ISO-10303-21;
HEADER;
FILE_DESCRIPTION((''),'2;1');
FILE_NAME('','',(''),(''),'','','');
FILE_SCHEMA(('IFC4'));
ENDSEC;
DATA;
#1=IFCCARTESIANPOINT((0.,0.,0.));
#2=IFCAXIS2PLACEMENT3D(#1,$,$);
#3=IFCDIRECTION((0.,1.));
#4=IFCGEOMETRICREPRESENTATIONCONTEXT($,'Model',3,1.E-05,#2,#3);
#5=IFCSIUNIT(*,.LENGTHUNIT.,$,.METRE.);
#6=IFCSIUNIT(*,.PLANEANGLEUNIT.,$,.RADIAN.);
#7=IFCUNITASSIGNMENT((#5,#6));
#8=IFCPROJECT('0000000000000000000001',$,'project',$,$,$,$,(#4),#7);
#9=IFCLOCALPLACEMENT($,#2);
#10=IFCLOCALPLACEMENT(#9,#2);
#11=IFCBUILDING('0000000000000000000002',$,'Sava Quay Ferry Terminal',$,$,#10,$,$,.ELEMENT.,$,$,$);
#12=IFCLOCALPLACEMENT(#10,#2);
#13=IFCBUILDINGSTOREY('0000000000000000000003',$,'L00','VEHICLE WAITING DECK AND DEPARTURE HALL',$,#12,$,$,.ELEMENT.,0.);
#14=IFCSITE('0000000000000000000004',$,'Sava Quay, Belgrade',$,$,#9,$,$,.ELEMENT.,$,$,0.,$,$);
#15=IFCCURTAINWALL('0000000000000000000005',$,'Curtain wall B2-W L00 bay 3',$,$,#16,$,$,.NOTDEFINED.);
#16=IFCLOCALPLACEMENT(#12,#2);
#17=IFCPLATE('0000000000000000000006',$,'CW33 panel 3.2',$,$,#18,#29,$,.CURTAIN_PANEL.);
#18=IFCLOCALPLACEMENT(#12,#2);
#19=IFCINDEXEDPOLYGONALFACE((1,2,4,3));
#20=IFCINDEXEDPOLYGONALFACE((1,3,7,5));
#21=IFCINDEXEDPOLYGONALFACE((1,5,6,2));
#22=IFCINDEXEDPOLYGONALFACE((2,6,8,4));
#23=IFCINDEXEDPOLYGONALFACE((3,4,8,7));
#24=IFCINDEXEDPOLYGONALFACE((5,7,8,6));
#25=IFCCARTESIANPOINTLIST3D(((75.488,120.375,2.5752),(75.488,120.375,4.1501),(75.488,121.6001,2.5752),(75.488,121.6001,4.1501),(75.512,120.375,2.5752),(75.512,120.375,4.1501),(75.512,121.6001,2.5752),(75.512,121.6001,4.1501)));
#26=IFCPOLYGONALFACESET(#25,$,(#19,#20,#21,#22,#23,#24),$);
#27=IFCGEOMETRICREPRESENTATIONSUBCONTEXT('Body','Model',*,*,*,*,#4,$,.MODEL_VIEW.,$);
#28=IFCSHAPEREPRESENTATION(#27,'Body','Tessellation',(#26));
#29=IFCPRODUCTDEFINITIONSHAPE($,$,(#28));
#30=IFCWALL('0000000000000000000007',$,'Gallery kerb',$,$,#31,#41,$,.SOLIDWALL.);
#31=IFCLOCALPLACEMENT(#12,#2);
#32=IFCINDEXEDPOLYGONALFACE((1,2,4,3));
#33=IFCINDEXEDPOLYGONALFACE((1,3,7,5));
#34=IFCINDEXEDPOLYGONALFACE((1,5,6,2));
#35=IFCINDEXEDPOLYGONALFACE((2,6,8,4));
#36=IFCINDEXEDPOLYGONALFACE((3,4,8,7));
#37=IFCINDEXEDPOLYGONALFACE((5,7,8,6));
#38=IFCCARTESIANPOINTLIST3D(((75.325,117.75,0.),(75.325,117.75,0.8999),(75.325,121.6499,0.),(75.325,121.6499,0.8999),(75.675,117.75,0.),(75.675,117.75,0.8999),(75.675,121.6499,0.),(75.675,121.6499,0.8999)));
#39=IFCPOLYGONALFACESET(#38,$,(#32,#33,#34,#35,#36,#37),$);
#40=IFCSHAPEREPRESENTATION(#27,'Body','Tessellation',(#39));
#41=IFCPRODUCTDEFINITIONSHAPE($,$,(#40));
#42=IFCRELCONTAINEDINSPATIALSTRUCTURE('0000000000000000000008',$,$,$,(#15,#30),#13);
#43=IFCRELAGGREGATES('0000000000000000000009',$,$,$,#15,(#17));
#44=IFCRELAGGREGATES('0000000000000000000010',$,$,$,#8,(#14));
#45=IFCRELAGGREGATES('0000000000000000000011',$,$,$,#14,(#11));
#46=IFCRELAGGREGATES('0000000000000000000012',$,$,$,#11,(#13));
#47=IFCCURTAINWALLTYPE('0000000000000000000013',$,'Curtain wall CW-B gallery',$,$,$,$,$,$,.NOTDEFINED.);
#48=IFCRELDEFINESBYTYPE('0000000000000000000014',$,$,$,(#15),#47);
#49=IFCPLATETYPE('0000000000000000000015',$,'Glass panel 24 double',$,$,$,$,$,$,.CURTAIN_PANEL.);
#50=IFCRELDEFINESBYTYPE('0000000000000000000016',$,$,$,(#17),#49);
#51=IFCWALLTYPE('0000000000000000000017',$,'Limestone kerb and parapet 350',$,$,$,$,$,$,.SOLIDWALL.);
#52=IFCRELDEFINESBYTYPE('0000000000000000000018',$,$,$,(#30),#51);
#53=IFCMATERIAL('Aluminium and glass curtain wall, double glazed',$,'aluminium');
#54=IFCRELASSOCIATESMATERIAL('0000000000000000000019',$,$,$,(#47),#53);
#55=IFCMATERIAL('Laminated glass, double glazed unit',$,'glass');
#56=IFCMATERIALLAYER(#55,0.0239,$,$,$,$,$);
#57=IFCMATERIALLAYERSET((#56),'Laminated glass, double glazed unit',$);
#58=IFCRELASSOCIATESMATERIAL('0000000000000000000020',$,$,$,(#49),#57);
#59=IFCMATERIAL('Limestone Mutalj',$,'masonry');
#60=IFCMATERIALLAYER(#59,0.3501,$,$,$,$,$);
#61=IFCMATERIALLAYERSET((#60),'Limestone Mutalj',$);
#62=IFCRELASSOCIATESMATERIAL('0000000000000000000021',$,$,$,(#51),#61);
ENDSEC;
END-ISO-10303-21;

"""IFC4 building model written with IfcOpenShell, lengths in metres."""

from ifc_helpers import new_model, si_unit, direction, frame, frame_2d, origin, origin_2d, place, context, subcontext, project, spatial, rectangle, extrude, material, layer, layer_set, type_object, element, aggregate, save


model = new_model("IFC4")

# Units and contexts
model_context = context("Model", 3, precision=1e-05, world=origin(), true_north=direction((0.0, 1.0)))
body_context = subcontext(model_context, "Body", "Model", "MODEL_VIEW")
ifc_project = project(units=[si_unit("LENGTHUNIT", "METRE"), si_unit("PLANEANGLEUNIT", "RADIAN")], contexts=[model_context])

# Site, building, storey
site_placement = place(None, origin())
site = spatial("IfcSite", under=ifc_project, at=site_placement, Name="Sava Quay, Belgrade", CompositionType="ELEMENT", RefElevation=0.0)
building_placement = place(site_placement, origin())
building = spatial("IfcBuilding", under=site, at=building_placement, Name="Sava Quay Ferry Terminal", CompositionType="ELEMENT")
storey_placement = place(building_placement, origin())
storey = spatial("IfcBuildingStorey", under=building, at=storey_placement, Name="L00", Description="VEHICLE WAITING DECK AND DEPARTURE HALL", CompositionType="ELEMENT", Elevation=0.0)

# Curtain wall
ifc_material_1 = material(Name="Aluminium and glass curtain wall, double glazed", Category="aluminium")
curtain_wall_type = type_object("IfcCurtainWallType", Name="Curtain wall CW-B gallery", PredefinedType="NOTDEFINED", material=ifc_material_1)
curtain_wall_1_placement = place(storey_placement, origin())
curtain_wall_1 = element("IfcCurtainWall", 1, at=curtain_wall_1_placement, inside=storey, type_object=curtain_wall_type, Name="Curtain wall B2-W L00 bay 3", PredefinedType="NOTDEFINED")

# Plate
ifc_material_2 = material(Name="Laminated glass, double glazed unit", Category="glass")
ifc_layer_1 = layer(ifc_material_2, 0.0239)
ifc_layer_set_1 = layer_set([ifc_layer_1], Name="Laminated glass, double glazed unit")
plate_type = type_object("IfcPlateType", Name="Glass panel 24 double", PredefinedType="CURTAIN_PANEL", material=ifc_layer_set_1)
plate_1_placement = place(storey_placement, frame((75.5, 120.9875, 2.5752), z_axis=(0.0, 0.0, 1.0), x_axis=(0.0, 1.0, 0.0)))
plate_1 = element("IfcPlate", 2, at=plate_1_placement, type_object=plate_type, Name="CW33 panel 3.2", PredefinedType="CURTAIN_PANEL", context=body_context, shape_type="SweptSolid", body=[
    extrude(rectangle(XDim=1.2251, YDim=0.0239, at=origin_2d()), origin(), (0.0, 0.0, 1.0), 1.575),
])
aggregate(curtain_wall_1, [plate_1])

# Wall
ifc_material_3 = material(Name="Limestone Mutalj", Category="masonry")
ifc_layer_2 = layer(ifc_material_3, 0.3501)
ifc_layer_set_2 = layer_set([ifc_layer_2], Name="Limestone Mutalj")
wall_type = type_object("IfcWallType", Name="Limestone kerb and parapet 350", PredefinedType="SOLIDWALL", material=ifc_layer_set_2)
wall_placement = place(storey_placement, frame((75.5, 117.75, 0.0), z_axis=(0.0, 0.0, 1.0), x_axis=(0.0, 1.0, 0.0)))
element("IfcWall", 3, at=wall_placement, inside=storey, type_object=wall_type, Name="Gallery kerb", PredefinedType="SOLIDWALL", context=body_context, shape_type="SweptSolid", body=[
    extrude(rectangle(XDim=3.8999, YDim=0.3501, at=frame_2d((1.95, 0.0))), origin(), (0.0, 0.0, 1.0), 0.8999),
])

save(model, "model.ifc")
